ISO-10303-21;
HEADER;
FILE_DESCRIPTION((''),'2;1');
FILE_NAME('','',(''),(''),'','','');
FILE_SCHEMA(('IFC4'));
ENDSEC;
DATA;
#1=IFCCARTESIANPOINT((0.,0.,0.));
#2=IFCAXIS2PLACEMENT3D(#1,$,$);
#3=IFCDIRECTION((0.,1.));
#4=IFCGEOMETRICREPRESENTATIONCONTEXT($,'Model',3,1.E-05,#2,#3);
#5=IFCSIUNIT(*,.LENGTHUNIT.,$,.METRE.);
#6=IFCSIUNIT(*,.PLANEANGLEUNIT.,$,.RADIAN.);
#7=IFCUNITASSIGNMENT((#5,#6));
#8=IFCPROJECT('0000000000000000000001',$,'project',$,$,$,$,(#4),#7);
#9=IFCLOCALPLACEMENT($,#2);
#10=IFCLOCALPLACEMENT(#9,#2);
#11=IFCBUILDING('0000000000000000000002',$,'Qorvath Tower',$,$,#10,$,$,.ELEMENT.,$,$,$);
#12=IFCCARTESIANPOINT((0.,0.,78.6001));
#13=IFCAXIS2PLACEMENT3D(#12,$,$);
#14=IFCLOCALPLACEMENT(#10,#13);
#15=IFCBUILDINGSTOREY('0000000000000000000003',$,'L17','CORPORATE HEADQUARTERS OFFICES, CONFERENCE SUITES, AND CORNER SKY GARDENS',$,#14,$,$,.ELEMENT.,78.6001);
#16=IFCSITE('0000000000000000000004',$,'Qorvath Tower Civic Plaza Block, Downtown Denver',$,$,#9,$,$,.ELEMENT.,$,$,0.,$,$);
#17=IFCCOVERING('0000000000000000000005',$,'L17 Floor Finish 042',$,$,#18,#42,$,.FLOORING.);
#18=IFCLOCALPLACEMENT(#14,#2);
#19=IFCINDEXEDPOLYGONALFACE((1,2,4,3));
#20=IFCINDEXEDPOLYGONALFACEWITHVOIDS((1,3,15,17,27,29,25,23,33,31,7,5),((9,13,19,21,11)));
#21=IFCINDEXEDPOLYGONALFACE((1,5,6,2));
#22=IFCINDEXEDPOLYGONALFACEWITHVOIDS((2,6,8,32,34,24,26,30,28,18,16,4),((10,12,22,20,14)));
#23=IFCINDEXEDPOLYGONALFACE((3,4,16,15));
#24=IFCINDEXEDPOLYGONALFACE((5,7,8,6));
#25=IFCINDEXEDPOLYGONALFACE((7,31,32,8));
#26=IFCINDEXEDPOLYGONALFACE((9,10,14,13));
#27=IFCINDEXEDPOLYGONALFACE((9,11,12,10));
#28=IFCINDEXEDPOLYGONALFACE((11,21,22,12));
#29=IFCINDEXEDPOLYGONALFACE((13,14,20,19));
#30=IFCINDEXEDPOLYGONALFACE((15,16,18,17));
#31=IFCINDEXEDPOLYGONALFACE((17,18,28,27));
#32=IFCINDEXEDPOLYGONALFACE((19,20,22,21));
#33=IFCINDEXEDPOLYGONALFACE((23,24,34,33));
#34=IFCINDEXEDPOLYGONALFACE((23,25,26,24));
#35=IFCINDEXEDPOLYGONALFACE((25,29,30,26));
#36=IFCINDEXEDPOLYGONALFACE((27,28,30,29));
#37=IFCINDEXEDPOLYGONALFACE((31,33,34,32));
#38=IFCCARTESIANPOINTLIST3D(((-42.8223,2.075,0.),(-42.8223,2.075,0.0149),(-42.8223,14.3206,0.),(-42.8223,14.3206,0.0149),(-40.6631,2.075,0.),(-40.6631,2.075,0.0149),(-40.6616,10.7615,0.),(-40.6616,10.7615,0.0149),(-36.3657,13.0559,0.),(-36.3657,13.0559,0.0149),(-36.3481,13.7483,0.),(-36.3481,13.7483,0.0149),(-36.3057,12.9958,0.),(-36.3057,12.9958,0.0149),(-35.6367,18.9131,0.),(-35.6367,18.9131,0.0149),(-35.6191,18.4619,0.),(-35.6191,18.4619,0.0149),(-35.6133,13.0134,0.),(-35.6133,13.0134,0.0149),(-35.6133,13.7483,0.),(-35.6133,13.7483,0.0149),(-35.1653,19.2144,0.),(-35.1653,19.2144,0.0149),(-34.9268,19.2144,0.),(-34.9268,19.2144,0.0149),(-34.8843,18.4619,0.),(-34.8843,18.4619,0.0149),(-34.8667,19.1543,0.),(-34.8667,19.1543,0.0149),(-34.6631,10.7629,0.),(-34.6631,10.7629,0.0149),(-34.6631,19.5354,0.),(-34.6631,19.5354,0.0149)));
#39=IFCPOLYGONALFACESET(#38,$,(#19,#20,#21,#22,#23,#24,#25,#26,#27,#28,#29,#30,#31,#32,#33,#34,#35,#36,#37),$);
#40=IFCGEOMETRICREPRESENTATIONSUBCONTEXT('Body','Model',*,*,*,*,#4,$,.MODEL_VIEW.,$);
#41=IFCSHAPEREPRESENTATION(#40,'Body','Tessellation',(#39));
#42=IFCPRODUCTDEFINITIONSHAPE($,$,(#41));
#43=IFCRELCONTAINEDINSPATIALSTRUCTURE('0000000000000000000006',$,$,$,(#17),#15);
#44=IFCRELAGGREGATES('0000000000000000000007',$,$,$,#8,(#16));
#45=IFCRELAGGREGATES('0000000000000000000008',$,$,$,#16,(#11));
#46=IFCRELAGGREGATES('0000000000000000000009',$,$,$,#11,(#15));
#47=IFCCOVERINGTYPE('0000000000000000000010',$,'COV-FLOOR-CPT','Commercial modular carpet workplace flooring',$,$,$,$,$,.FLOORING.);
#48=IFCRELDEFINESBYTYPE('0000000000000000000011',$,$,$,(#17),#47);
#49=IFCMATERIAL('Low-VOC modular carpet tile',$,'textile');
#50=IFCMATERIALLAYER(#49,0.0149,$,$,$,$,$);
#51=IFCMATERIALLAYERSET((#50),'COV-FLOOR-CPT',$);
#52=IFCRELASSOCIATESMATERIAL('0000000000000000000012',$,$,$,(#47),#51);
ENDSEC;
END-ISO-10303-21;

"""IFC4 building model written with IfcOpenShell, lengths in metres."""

from ifc_helpers import new_model, si_unit, direction, frame, origin, place, context, subcontext, project, spatial, polyline, outline, extrude, material, layer, layer_set, type_object, element, save


model = new_model("IFC4")

# Units and contexts
model_context = context("Model", 3, precision=1e-05, world=origin(), true_north=direction((0.0, 1.0)))
body_context = subcontext(model_context, "Body", "Model", "MODEL_VIEW")
ifc_project = project(units=[si_unit("LENGTHUNIT", "METRE"), si_unit("PLANEANGLEUNIT", "RADIAN")], contexts=[model_context])

# Site, building, storey
site_placement = place(None, origin())
site = spatial("IfcSite", under=ifc_project, at=site_placement, Name="Qorvath Tower Civic Plaza Block, Downtown Denver", CompositionType="ELEMENT", RefElevation=0.0)
building_placement = place(site_placement, origin())
building = spatial("IfcBuilding", under=site, at=building_placement, Name="Qorvath Tower", CompositionType="ELEMENT")
storey_placement = place(building_placement, frame((0.0, 0.0, 78.6001)))
storey = spatial("IfcBuildingStorey", under=building, at=storey_placement, Name="L17", Description="CORPORATE HEADQUARTERS OFFICES, CONFERENCE SUITES, AND CORNER SKY GARDENS", CompositionType="ELEMENT", Elevation=78.6001)

# Covering
ifc_material_1 = material(Name="Low-VOC modular carpet tile", Category="textile")
ifc_layer_1 = layer(ifc_material_1, 0.0149)
ifc_layer_set_1 = layer_set([ifc_layer_1], Name="COV-FLOOR-CPT")
covering_type_1 = type_object("IfcCoveringType", Name="COV-FLOOR-CPT", Description="Commercial modular carpet workplace flooring", PredefinedType="FLOORING", material=ifc_layer_set_1)
covering_1_placement = place(storey_placement, origin())
element("IfcCovering", 1, at=covering_1_placement, inside=storey, type_object=covering_type_1, Name="L17 Floor Finish 042", PredefinedType="FLOORING", context=body_context, shape_type="SweptSolid", body=[
    extrude(outline(polyline([(-34.6631, 10.7629), (-34.6631, 19.5354), (-35.1653, 19.2144), (-34.9268, 19.2144), (-34.8667, 19.1543), (-34.8843, 18.4619), (-35.6191, 18.4619), (-35.6367, 18.9131), (-42.8223, 14.3206), (-42.8223, 2.075), (-40.6631, 2.075), (-40.6616, 10.7615), (-34.6631, 10.7629)]), holes=[polyline([(-36.3657, 13.0559), (-36.3481, 13.7483), (-35.6133, 13.7483), (-35.6133, 13.0134), (-36.3057, 12.9958), (-36.3657, 13.0559)])]), origin(), (0.0, 0.0, 1.0), 0.0149),
])

save(model, "model.ifc")
